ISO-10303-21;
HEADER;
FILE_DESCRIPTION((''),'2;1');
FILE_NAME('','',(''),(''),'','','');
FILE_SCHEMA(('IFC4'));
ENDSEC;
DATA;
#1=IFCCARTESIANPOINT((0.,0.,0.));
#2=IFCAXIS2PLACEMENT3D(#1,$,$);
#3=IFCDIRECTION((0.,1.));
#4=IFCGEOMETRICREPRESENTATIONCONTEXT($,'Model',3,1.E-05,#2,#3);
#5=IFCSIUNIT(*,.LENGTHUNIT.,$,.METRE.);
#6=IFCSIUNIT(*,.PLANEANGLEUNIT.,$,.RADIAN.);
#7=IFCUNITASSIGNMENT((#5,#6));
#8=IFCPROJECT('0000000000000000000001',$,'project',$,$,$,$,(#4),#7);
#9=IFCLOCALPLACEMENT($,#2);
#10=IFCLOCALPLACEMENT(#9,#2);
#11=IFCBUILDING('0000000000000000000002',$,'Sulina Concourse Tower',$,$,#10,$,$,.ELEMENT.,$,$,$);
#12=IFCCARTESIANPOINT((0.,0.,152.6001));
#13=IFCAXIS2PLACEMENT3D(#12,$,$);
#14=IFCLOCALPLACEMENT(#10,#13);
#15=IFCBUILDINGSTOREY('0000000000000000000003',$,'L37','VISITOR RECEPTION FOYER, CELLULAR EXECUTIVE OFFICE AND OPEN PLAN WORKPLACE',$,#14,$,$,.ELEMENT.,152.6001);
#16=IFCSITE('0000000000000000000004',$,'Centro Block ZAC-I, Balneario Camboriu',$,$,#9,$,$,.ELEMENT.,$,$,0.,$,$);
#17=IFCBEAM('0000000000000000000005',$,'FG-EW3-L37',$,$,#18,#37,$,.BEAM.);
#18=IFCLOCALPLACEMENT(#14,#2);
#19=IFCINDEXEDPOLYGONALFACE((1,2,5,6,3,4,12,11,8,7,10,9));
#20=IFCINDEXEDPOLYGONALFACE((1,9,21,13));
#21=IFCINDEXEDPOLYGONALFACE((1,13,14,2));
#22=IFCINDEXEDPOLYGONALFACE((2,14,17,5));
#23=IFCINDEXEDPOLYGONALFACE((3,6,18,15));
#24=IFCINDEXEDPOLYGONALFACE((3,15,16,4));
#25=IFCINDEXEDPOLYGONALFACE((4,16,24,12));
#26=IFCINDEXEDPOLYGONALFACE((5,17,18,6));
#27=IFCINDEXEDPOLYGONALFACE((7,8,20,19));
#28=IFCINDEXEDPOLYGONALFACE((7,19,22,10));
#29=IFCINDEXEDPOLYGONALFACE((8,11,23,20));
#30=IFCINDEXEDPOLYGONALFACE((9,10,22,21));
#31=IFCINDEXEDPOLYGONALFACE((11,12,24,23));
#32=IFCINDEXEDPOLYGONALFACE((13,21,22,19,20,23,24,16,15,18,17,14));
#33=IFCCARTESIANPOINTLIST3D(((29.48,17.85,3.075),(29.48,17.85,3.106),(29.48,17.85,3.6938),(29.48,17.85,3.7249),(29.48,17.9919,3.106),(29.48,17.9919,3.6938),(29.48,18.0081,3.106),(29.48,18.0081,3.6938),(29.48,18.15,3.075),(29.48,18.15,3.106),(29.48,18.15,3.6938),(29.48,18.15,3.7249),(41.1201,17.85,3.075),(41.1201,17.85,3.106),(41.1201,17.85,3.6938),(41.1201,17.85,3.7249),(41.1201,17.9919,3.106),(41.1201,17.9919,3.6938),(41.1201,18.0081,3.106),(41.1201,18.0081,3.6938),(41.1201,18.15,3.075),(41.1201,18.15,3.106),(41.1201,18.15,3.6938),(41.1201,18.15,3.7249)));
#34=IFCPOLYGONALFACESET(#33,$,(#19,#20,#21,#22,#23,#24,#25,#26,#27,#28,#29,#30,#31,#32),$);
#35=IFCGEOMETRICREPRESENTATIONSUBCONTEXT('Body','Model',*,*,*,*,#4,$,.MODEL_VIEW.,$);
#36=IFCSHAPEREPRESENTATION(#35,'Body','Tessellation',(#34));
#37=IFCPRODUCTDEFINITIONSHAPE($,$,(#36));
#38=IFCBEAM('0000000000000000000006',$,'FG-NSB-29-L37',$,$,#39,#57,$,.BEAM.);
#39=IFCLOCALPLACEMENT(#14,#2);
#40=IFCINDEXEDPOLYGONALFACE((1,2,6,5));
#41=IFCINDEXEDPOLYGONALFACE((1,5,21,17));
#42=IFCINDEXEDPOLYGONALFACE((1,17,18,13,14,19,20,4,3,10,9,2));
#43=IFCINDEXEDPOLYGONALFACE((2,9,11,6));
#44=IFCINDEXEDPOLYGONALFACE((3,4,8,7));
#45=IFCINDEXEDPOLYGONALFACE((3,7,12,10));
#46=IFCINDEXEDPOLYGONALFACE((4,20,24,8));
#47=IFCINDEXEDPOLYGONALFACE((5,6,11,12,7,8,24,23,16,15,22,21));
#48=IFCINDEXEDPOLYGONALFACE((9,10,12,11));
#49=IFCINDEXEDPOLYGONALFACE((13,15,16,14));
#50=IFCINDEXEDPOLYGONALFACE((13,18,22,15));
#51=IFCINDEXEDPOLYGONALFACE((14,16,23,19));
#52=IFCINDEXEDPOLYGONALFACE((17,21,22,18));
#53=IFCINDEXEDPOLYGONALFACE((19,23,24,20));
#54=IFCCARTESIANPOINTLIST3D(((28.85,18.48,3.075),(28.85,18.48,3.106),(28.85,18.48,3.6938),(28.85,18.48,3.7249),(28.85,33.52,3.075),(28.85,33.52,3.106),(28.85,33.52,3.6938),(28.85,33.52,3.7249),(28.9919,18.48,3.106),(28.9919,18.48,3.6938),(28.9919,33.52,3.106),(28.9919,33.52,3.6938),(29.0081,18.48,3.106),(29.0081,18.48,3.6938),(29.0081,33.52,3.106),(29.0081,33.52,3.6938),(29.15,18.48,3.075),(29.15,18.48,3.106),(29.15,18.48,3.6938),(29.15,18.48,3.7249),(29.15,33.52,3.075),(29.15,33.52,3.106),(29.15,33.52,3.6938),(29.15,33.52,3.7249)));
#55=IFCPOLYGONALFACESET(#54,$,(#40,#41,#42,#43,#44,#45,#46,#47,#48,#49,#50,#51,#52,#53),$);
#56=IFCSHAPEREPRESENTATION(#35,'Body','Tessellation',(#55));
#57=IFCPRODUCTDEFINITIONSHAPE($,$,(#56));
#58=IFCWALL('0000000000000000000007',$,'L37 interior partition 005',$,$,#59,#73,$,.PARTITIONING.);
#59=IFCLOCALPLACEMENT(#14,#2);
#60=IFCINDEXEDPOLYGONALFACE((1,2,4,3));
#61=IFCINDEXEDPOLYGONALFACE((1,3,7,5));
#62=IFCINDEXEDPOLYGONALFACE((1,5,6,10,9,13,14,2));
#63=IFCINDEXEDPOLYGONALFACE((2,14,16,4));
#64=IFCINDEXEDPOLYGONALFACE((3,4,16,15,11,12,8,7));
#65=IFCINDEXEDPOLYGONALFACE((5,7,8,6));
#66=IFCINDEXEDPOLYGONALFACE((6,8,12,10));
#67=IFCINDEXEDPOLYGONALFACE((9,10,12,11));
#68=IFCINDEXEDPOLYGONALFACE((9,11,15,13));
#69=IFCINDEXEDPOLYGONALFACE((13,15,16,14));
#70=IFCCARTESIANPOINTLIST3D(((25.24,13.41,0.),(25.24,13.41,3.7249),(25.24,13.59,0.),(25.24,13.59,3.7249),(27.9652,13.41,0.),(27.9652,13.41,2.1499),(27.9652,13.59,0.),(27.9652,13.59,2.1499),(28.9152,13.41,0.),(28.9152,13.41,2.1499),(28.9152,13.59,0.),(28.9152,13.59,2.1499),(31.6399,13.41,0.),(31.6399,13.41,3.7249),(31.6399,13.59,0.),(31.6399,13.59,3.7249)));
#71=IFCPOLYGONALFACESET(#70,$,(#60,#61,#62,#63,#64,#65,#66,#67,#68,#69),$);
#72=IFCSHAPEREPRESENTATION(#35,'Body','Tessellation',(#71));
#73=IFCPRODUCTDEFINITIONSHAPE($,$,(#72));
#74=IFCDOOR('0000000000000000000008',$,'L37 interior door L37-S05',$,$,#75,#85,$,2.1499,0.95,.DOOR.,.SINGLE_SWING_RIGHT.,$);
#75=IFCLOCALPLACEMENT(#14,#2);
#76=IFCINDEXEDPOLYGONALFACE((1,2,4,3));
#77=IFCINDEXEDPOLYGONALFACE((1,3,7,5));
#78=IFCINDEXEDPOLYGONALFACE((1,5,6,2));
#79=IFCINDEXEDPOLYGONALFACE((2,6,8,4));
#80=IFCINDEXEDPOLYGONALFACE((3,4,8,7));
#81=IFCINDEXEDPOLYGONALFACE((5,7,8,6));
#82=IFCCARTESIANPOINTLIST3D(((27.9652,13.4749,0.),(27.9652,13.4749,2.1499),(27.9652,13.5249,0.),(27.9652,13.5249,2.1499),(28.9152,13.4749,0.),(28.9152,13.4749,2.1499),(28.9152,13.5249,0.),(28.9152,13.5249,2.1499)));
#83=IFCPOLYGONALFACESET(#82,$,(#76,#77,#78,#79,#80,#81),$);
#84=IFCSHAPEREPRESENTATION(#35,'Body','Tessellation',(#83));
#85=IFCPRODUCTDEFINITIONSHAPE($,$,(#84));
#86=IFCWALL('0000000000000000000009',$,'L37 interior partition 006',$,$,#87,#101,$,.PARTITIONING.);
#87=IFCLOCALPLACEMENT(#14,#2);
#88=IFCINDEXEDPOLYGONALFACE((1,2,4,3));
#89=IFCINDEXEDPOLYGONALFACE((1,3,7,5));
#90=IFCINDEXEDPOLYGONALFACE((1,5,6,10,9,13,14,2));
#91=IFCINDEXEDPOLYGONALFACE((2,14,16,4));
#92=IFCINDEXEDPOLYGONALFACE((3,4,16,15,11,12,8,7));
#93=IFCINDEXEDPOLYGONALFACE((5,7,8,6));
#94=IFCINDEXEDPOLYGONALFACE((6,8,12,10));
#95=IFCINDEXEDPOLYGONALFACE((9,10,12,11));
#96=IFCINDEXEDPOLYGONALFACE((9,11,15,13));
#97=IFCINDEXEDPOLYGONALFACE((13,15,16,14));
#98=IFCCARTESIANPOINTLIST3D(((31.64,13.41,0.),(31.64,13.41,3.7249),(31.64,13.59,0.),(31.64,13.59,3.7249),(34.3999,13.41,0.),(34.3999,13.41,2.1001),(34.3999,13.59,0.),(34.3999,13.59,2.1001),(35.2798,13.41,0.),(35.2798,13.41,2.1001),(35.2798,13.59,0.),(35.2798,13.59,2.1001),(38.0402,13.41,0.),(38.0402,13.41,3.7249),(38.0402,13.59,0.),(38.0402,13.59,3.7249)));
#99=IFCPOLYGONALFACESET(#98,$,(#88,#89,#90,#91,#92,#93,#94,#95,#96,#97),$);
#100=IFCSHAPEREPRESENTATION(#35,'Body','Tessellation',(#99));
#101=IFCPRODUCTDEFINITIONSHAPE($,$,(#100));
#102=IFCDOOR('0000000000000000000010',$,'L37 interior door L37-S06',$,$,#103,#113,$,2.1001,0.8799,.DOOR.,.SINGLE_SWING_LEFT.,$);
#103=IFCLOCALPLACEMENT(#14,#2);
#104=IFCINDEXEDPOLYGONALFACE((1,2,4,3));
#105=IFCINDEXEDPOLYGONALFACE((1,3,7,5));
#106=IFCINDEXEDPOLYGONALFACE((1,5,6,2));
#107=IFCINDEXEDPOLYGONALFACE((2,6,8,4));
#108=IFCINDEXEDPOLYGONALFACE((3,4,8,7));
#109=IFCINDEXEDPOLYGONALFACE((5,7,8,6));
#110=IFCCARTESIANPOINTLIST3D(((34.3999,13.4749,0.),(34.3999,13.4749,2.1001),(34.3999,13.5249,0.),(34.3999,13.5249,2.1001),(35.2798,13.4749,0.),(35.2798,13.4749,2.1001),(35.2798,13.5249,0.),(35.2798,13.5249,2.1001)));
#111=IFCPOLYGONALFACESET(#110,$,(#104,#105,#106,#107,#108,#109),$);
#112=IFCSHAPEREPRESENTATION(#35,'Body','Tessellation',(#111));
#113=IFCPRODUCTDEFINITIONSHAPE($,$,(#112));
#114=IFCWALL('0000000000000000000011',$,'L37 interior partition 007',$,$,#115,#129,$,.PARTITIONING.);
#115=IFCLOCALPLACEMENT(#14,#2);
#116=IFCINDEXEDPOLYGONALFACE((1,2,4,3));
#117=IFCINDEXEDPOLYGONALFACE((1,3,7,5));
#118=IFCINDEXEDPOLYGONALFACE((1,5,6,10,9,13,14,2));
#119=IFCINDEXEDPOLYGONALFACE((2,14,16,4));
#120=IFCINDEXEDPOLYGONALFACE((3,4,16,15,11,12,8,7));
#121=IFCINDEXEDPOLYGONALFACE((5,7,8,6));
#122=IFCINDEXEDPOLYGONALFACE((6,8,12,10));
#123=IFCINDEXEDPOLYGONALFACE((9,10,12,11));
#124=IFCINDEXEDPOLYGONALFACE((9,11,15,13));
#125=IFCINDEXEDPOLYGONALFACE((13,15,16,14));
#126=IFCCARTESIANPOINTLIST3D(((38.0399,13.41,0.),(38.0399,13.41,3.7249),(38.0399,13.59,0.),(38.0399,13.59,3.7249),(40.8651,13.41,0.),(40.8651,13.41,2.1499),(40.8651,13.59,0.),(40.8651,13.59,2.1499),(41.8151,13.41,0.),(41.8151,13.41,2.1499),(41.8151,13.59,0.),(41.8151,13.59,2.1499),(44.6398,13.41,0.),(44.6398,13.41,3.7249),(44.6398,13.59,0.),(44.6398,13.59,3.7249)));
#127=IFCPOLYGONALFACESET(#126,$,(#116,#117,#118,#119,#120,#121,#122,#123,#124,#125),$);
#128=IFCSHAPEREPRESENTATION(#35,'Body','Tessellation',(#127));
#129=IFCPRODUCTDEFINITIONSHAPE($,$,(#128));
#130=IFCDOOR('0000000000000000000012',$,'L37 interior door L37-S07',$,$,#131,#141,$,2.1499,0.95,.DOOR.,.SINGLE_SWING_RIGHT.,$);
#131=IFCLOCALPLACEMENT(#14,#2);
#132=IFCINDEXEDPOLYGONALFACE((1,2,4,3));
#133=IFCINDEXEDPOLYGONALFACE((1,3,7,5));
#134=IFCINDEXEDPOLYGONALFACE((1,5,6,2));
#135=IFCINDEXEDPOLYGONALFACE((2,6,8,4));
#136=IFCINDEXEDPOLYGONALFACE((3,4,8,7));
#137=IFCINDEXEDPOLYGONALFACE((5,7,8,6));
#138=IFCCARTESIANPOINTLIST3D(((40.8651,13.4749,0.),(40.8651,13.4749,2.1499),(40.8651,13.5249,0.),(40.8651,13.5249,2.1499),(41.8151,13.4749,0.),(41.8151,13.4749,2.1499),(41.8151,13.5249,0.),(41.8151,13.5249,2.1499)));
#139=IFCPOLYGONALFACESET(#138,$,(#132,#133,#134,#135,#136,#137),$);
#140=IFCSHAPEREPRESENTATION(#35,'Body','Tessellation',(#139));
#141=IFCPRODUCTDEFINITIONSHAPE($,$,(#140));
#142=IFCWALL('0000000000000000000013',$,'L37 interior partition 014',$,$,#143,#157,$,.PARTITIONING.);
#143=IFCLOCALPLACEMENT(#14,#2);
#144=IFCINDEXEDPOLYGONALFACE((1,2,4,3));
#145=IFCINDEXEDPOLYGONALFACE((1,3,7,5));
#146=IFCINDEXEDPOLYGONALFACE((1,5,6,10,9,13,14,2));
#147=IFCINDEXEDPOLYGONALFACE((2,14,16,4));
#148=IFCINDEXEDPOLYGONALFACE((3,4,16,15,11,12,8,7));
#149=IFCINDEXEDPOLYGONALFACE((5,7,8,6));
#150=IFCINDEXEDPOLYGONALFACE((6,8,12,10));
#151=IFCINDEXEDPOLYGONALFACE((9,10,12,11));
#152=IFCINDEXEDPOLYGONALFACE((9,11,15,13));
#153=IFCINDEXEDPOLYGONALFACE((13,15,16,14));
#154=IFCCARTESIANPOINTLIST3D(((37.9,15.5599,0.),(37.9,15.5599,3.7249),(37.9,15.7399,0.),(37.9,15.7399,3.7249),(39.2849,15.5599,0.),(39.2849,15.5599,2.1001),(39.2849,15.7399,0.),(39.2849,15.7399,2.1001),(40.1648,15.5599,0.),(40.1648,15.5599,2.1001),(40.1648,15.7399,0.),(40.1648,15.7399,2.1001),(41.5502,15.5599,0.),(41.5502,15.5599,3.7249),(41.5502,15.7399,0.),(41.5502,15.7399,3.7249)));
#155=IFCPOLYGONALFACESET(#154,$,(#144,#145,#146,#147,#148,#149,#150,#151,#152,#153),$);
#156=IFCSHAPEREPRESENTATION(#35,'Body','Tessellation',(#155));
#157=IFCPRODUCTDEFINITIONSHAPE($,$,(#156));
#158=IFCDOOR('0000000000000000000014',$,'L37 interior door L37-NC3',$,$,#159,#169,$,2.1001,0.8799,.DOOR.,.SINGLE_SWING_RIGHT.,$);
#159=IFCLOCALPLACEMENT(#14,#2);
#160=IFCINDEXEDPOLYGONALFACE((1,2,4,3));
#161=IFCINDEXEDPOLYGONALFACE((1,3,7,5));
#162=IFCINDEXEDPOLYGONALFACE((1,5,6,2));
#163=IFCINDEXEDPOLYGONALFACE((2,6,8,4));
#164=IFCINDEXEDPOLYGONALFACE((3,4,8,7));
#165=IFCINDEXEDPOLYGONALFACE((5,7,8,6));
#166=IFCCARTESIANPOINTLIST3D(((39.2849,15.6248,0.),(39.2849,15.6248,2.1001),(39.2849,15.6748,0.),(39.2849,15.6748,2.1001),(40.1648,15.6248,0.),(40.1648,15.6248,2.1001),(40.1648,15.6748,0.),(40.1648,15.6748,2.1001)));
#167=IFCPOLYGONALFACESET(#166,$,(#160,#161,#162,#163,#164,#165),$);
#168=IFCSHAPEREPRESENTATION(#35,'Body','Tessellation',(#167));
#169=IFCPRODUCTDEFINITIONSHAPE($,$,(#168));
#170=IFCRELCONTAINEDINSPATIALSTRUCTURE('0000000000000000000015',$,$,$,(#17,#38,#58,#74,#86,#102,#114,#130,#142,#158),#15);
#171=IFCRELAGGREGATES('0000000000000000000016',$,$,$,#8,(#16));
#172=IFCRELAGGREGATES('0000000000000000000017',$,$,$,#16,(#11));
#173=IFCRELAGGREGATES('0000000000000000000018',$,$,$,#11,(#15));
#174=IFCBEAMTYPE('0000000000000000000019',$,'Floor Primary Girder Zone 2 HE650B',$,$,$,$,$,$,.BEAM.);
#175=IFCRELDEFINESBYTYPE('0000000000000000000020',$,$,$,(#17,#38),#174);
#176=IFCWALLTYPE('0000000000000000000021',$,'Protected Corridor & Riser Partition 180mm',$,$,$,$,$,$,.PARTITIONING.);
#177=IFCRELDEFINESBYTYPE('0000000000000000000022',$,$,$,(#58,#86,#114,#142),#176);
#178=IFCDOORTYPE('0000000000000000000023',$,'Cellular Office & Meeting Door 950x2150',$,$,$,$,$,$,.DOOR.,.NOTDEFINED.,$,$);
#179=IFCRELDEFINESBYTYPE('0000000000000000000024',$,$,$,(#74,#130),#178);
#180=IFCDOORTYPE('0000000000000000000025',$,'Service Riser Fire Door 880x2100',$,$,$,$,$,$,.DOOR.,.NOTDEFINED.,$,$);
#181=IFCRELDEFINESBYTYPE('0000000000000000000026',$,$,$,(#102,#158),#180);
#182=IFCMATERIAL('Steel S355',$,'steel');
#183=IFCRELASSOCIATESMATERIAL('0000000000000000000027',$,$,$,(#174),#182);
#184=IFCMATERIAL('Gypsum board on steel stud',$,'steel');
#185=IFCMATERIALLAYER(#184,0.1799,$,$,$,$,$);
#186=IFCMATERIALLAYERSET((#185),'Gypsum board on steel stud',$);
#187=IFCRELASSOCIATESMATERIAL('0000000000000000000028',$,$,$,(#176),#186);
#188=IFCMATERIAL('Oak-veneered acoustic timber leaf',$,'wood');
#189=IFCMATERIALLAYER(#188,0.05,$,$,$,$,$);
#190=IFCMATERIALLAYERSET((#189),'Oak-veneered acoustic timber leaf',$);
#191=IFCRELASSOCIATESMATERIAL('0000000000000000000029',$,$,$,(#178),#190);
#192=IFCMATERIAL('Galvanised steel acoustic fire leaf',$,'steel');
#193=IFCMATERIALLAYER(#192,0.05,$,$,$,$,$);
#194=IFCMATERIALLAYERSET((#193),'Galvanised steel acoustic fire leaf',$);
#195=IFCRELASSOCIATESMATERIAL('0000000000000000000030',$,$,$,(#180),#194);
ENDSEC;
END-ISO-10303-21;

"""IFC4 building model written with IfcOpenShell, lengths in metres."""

from ifc_helpers import new_model, si_unit, direction, frame, frame_2d, origin, origin_2d, place, context, subcontext, project, spatial, rectangle, i_section, extrude, material, layer, layer_set, material_profile, profile_set, type_object, element, fill, save


model = new_model("IFC4")

# Units and contexts
model_context = context("Model", 3, precision=1e-05, world=origin(), true_north=direction((0.0, 1.0)))
body_context = subcontext(model_context, "Body", "Model", "MODEL_VIEW")
ifc_project = project(units=[si_unit("LENGTHUNIT", "METRE"), si_unit("PLANEANGLEUNIT", "RADIAN")], contexts=[model_context])

# Site, building, storey
site_placement = place(None, origin())
site = spatial("IfcSite", under=ifc_project, at=site_placement, Name="Centro Block ZAC-I, Balneario Camboriu", CompositionType="ELEMENT", RefElevation=0.0)
building_placement = place(site_placement, origin())
building = spatial("IfcBuilding", under=site, at=building_placement, Name="Sulina Concourse Tower", CompositionType="ELEMENT")
storey_placement = place(building_placement, frame((0.0, 0.0, 152.6001)))
storey = spatial("IfcBuildingStorey", under=building, at=storey_placement, Name="L37", Description="VISITOR RECEPTION FOYER, CELLULAR EXECUTIVE OFFICE AND OPEN PLAN WORKPLACE", CompositionType="ELEMENT", Elevation=152.6001)

# Beams
ifc_material_1 = material(Name="Steel S355", Category="steel")
ifc_material_profile_1 = material_profile(ifc_material_1, i_section(OverallWidth=0.3, OverallDepth=0.6499, WebThickness=0.0161, FlangeThickness=0.031, at=origin_2d()), Name="HE 650 B")
ifc_profile_set_1 = profile_set([ifc_material_profile_1], Name="Steel S355")
beam_type_1 = type_object("IfcBeamType", Name="Floor Primary Girder Zone 2 HE650B", PredefinedType="BEAM", material=ifc_profile_set_1)
beam_1_placement = place(storey_placement, frame((29.48, 18.0, 3.3999), z_axis=(1.0, 0.0, 0.0), x_axis=(0.0, 1.0, 0.0)))
element("IfcBeam", 1, at=beam_1_placement, inside=storey, type_object=beam_type_1, Name="FG-EW3-L37", PredefinedType="BEAM", context=body_context, shape_type="SweptSolid", body=[
    extrude(i_section(OverallWidth=0.3, OverallDepth=0.6499, WebThickness=0.0161, FlangeThickness=0.031, at=origin_2d()), origin(), (0.0, 0.0, 1.0), 11.6401),
])
beam_2_placement = place(storey_placement, frame((29.0, 18.48, 3.3999), z_axis=(0.0, 1.0, 0.0), x_axis=(-1.0, 0.0, 0.0)))
element("IfcBeam", 2, at=beam_2_placement, inside=storey, type_object=beam_type_1, Name="FG-NSB-29-L37", PredefinedType="BEAM", context=body_context, shape_type="SweptSolid", body=[
    extrude(i_section(OverallWidth=0.3, OverallDepth=0.6499, WebThickness=0.0161, FlangeThickness=0.031, at=origin_2d()), origin(), (0.0, 0.0, 1.0), 15.04),
])

# Walls, openings, doors
ifc_material_2 = material(Name="Gypsum board on steel stud", Category="steel")
ifc_layer_1 = layer(ifc_material_2, 0.1799)
ifc_layer_set_1 = layer_set([ifc_layer_1], Name="Gypsum board on steel stud")
wall_type = type_object("IfcWallType", Name="Protected Corridor & Riser Partition 180mm", PredefinedType="PARTITIONING", material=ifc_layer_set_1)
wall_1_placement = place(storey_placement, frame((25.24, 13.5, 0.0), z_axis=(0.0, 0.0, 1.0), x_axis=(1.0, 0.0, 0.0)))
wall_1 = element("IfcWall", 3, at=wall_1_placement, inside=storey, type_object=wall_type, Name="L37 interior partition 005", PredefinedType="PARTITIONING", context=body_context, shape_type="SweptSolid", body=[
    extrude(rectangle(XDim=6.3999, YDim=0.1799, at=frame_2d((3.2, 0.0))), origin(), (0.0, 0.0, 1.0), 3.7249),
])
opening_1_placement = place(wall_1_placement, frame((2.7251, 0.0, 0.0)))
opening_1 = element("IfcOpeningElement", 4, at=opening_1_placement, cuts=wall_1, PredefinedType="OPENING", context=body_context, shape_type="SweptSolid", body=[
    extrude(rectangle(XDim=0.95, YDim=2.1499, at=frame_2d((0.4751, 1.075))), frame((0.0, 0.0999, 0.0), z_axis=(0.0, -1.0, 0.0), x_axis=(1.0, 0.0, 0.0)), (0.0, 0.0, 1.0), 0.2),
])
ifc_material_3 = material(Name="Oak-veneered acoustic timber leaf", Category="wood")
ifc_layer_2 = layer(ifc_material_3, 0.05)
ifc_layer_set_2 = layer_set([ifc_layer_2], Name="Oak-veneered acoustic timber leaf")
door_type_1 = type_object("IfcDoorType", Name="Cellular Office & Meeting Door 950x2150", OperationType="NOTDEFINED", PredefinedType="DOOR", material=ifc_layer_set_2)
door_1_placement = place(opening_1_placement, origin())
door_1 = element("IfcDoor", 5, at=door_1_placement, inside=storey, type_object=door_type_1, Name="L37 interior door L37-S05", OperationType="SINGLE_SWING_RIGHT", OverallHeight=2.1499, OverallWidth=0.95, PredefinedType="DOOR", context=body_context, shape_type="SweptSolid", body=[
    extrude(rectangle(XDim=0.95, YDim=2.1499, at=frame_2d((0.4751, 1.075))), frame((0.0, 0.0249, 0.0), z_axis=(0.0, -1.0, 0.0), x_axis=(1.0, 0.0, 0.0)), (0.0, 0.0, 1.0), 0.05),
])
fill(opening_1, door_1)
wall_2_placement = place(storey_placement, frame((31.6399, 13.5, 0.0), z_axis=(0.0, 0.0, 1.0), x_axis=(1.0, 0.0, 0.0)))
wall_2 = element("IfcWall", 6, at=wall_2_placement, inside=storey, type_object=wall_type, Name="L37 interior partition 006", PredefinedType="PARTITIONING", context=body_context, shape_type="SweptSolid", body=[
    extrude(rectangle(XDim=6.4001, YDim=0.1799, at=frame_2d((3.2002, 0.0))), origin(), (0.0, 0.0, 1.0), 3.7249),
])
opening_2_placement = place(wall_2_placement, frame((2.76, 0.0, 0.0)))
opening_2 = element("IfcOpeningElement", 7, at=opening_2_placement, cuts=wall_2, PredefinedType="OPENING", context=body_context, shape_type="SweptSolid", body=[
    extrude(rectangle(XDim=0.8799, YDim=2.1001, at=frame_2d((0.4399, 1.05))), frame((0.0, 0.0999, 0.0), z_axis=(0.0, -1.0, 0.0), x_axis=(1.0, 0.0, 0.0)), (0.0, 0.0, 1.0), 0.2),
])
ifc_material_4 = material(Name="Galvanised steel acoustic fire leaf", Category="steel")
ifc_layer_3 = layer(ifc_material_4, 0.05)
ifc_layer_set_3 = layer_set([ifc_layer_3], Name="Galvanised steel acoustic fire leaf")
door_type_2 = type_object("IfcDoorType", Name="Service Riser Fire Door 880x2100", OperationType="NOTDEFINED", PredefinedType="DOOR", material=ifc_layer_set_3)
door_2_placement = place(opening_2_placement, origin())
door_2 = element("IfcDoor", 8, at=door_2_placement, inside=storey, type_object=door_type_2, Name="L37 interior door L37-S06", OperationType="SINGLE_SWING_LEFT", OverallHeight=2.1001, OverallWidth=0.8799, PredefinedType="DOOR", context=body_context, shape_type="SweptSolid", body=[
    extrude(rectangle(XDim=0.8799, YDim=2.1001, at=frame_2d((0.4399, 1.05))), frame((0.0, 0.0249, 0.0), z_axis=(0.0, -1.0, 0.0), x_axis=(1.0, 0.0, 0.0)), (0.0, 0.0, 1.0), 0.05),
])
fill(opening_2, door_2)
wall_3_placement = place(storey_placement, frame((38.04, 13.5, 0.0), z_axis=(0.0, 0.0, 1.0), x_axis=(1.0, 0.0, 0.0)))
wall_3 = element("IfcWall", 9, at=wall_3_placement, inside=storey, type_object=wall_type, Name="L37 interior partition 007", PredefinedType="PARTITIONING", context=body_context, shape_type="SweptSolid", body=[
    extrude(rectangle(XDim=6.5999, YDim=0.1799, at=frame_2d((3.2998, 0.0))), origin(), (0.0, 0.0, 1.0), 3.7249),
])
opening_3_placement = place(wall_3_placement, frame((2.825, 0.0, 0.0)))
opening_3 = element("IfcOpeningElement", 10, at=opening_3_placement, cuts=wall_3, PredefinedType="OPENING", context=body_context, shape_type="SweptSolid", body=[
    extrude(rectangle(XDim=0.95, YDim=2.1499, at=frame_2d((0.4751, 1.075))), frame((0.0, 0.0999, 0.0), z_axis=(0.0, -1.0, 0.0), x_axis=(1.0, 0.0, 0.0)), (0.0, 0.0, 1.0), 0.2),
])
door_3_placement = place(opening_3_placement, origin())
door_3 = element("IfcDoor", 11, at=door_3_placement, inside=storey, type_object=door_type_1, Name="L37 interior door L37-S07", OperationType="SINGLE_SWING_RIGHT", OverallHeight=2.1499, OverallWidth=0.95, PredefinedType="DOOR", context=body_context, shape_type="SweptSolid", body=[
    extrude(rectangle(XDim=0.95, YDim=2.1499, at=frame_2d((0.4751, 1.075))), frame((0.0, 0.0249, 0.0), z_axis=(0.0, -1.0, 0.0), x_axis=(1.0, 0.0, 0.0)), (0.0, 0.0, 1.0), 0.05),
])
fill(opening_3, door_3)
wall_4_placement = place(storey_placement, frame((37.8999, 15.6499, 0.0), z_axis=(0.0, 0.0, 1.0), x_axis=(1.0, 0.0, 0.0)))
wall_4 = element("IfcWall", 12, at=wall_4_placement, inside=storey, type_object=wall_type, Name="L37 interior partition 014", PredefinedType="PARTITIONING", context=body_context, shape_type="SweptSolid", body=[
    extrude(rectangle(XDim=3.6501, YDim=0.1799, at=frame_2d((1.8252, 0.0))), origin(), (0.0, 0.0, 1.0), 3.7249),
])
opening_4_placement = place(wall_4_placement, frame((1.385, 0.0, 0.0)))
opening_4 = element("IfcOpeningElement", 13, at=opening_4_placement, cuts=wall_4, PredefinedType="OPENING", context=body_context, shape_type="SweptSolid", body=[
    extrude(rectangle(XDim=0.8799, YDim=2.1001, at=frame_2d((0.4399, 1.05))), frame((0.0, 0.0999, 0.0), z_axis=(0.0, -1.0, 0.0), x_axis=(1.0, 0.0, 0.0)), (0.0, 0.0, 1.0), 0.2),
])
door_4_placement = place(opening_4_placement, origin())
door_4 = element("IfcDoor", 14, at=door_4_placement, inside=storey, type_object=door_type_2, Name="L37 interior door L37-NC3", OperationType="SINGLE_SWING_RIGHT", OverallHeight=2.1001, OverallWidth=0.8799, PredefinedType="DOOR", context=body_context, shape_type="SweptSolid", body=[
    extrude(rectangle(XDim=0.8799, YDim=2.1001, at=frame_2d((0.4399, 1.05))), frame((0.0, 0.0249, 0.0), z_axis=(0.0, -1.0, 0.0), x_axis=(1.0, 0.0, 0.0)), (0.0, 0.0, 1.0), 0.05),
])
fill(opening_4, door_4)

save(model, "model.ifc")
